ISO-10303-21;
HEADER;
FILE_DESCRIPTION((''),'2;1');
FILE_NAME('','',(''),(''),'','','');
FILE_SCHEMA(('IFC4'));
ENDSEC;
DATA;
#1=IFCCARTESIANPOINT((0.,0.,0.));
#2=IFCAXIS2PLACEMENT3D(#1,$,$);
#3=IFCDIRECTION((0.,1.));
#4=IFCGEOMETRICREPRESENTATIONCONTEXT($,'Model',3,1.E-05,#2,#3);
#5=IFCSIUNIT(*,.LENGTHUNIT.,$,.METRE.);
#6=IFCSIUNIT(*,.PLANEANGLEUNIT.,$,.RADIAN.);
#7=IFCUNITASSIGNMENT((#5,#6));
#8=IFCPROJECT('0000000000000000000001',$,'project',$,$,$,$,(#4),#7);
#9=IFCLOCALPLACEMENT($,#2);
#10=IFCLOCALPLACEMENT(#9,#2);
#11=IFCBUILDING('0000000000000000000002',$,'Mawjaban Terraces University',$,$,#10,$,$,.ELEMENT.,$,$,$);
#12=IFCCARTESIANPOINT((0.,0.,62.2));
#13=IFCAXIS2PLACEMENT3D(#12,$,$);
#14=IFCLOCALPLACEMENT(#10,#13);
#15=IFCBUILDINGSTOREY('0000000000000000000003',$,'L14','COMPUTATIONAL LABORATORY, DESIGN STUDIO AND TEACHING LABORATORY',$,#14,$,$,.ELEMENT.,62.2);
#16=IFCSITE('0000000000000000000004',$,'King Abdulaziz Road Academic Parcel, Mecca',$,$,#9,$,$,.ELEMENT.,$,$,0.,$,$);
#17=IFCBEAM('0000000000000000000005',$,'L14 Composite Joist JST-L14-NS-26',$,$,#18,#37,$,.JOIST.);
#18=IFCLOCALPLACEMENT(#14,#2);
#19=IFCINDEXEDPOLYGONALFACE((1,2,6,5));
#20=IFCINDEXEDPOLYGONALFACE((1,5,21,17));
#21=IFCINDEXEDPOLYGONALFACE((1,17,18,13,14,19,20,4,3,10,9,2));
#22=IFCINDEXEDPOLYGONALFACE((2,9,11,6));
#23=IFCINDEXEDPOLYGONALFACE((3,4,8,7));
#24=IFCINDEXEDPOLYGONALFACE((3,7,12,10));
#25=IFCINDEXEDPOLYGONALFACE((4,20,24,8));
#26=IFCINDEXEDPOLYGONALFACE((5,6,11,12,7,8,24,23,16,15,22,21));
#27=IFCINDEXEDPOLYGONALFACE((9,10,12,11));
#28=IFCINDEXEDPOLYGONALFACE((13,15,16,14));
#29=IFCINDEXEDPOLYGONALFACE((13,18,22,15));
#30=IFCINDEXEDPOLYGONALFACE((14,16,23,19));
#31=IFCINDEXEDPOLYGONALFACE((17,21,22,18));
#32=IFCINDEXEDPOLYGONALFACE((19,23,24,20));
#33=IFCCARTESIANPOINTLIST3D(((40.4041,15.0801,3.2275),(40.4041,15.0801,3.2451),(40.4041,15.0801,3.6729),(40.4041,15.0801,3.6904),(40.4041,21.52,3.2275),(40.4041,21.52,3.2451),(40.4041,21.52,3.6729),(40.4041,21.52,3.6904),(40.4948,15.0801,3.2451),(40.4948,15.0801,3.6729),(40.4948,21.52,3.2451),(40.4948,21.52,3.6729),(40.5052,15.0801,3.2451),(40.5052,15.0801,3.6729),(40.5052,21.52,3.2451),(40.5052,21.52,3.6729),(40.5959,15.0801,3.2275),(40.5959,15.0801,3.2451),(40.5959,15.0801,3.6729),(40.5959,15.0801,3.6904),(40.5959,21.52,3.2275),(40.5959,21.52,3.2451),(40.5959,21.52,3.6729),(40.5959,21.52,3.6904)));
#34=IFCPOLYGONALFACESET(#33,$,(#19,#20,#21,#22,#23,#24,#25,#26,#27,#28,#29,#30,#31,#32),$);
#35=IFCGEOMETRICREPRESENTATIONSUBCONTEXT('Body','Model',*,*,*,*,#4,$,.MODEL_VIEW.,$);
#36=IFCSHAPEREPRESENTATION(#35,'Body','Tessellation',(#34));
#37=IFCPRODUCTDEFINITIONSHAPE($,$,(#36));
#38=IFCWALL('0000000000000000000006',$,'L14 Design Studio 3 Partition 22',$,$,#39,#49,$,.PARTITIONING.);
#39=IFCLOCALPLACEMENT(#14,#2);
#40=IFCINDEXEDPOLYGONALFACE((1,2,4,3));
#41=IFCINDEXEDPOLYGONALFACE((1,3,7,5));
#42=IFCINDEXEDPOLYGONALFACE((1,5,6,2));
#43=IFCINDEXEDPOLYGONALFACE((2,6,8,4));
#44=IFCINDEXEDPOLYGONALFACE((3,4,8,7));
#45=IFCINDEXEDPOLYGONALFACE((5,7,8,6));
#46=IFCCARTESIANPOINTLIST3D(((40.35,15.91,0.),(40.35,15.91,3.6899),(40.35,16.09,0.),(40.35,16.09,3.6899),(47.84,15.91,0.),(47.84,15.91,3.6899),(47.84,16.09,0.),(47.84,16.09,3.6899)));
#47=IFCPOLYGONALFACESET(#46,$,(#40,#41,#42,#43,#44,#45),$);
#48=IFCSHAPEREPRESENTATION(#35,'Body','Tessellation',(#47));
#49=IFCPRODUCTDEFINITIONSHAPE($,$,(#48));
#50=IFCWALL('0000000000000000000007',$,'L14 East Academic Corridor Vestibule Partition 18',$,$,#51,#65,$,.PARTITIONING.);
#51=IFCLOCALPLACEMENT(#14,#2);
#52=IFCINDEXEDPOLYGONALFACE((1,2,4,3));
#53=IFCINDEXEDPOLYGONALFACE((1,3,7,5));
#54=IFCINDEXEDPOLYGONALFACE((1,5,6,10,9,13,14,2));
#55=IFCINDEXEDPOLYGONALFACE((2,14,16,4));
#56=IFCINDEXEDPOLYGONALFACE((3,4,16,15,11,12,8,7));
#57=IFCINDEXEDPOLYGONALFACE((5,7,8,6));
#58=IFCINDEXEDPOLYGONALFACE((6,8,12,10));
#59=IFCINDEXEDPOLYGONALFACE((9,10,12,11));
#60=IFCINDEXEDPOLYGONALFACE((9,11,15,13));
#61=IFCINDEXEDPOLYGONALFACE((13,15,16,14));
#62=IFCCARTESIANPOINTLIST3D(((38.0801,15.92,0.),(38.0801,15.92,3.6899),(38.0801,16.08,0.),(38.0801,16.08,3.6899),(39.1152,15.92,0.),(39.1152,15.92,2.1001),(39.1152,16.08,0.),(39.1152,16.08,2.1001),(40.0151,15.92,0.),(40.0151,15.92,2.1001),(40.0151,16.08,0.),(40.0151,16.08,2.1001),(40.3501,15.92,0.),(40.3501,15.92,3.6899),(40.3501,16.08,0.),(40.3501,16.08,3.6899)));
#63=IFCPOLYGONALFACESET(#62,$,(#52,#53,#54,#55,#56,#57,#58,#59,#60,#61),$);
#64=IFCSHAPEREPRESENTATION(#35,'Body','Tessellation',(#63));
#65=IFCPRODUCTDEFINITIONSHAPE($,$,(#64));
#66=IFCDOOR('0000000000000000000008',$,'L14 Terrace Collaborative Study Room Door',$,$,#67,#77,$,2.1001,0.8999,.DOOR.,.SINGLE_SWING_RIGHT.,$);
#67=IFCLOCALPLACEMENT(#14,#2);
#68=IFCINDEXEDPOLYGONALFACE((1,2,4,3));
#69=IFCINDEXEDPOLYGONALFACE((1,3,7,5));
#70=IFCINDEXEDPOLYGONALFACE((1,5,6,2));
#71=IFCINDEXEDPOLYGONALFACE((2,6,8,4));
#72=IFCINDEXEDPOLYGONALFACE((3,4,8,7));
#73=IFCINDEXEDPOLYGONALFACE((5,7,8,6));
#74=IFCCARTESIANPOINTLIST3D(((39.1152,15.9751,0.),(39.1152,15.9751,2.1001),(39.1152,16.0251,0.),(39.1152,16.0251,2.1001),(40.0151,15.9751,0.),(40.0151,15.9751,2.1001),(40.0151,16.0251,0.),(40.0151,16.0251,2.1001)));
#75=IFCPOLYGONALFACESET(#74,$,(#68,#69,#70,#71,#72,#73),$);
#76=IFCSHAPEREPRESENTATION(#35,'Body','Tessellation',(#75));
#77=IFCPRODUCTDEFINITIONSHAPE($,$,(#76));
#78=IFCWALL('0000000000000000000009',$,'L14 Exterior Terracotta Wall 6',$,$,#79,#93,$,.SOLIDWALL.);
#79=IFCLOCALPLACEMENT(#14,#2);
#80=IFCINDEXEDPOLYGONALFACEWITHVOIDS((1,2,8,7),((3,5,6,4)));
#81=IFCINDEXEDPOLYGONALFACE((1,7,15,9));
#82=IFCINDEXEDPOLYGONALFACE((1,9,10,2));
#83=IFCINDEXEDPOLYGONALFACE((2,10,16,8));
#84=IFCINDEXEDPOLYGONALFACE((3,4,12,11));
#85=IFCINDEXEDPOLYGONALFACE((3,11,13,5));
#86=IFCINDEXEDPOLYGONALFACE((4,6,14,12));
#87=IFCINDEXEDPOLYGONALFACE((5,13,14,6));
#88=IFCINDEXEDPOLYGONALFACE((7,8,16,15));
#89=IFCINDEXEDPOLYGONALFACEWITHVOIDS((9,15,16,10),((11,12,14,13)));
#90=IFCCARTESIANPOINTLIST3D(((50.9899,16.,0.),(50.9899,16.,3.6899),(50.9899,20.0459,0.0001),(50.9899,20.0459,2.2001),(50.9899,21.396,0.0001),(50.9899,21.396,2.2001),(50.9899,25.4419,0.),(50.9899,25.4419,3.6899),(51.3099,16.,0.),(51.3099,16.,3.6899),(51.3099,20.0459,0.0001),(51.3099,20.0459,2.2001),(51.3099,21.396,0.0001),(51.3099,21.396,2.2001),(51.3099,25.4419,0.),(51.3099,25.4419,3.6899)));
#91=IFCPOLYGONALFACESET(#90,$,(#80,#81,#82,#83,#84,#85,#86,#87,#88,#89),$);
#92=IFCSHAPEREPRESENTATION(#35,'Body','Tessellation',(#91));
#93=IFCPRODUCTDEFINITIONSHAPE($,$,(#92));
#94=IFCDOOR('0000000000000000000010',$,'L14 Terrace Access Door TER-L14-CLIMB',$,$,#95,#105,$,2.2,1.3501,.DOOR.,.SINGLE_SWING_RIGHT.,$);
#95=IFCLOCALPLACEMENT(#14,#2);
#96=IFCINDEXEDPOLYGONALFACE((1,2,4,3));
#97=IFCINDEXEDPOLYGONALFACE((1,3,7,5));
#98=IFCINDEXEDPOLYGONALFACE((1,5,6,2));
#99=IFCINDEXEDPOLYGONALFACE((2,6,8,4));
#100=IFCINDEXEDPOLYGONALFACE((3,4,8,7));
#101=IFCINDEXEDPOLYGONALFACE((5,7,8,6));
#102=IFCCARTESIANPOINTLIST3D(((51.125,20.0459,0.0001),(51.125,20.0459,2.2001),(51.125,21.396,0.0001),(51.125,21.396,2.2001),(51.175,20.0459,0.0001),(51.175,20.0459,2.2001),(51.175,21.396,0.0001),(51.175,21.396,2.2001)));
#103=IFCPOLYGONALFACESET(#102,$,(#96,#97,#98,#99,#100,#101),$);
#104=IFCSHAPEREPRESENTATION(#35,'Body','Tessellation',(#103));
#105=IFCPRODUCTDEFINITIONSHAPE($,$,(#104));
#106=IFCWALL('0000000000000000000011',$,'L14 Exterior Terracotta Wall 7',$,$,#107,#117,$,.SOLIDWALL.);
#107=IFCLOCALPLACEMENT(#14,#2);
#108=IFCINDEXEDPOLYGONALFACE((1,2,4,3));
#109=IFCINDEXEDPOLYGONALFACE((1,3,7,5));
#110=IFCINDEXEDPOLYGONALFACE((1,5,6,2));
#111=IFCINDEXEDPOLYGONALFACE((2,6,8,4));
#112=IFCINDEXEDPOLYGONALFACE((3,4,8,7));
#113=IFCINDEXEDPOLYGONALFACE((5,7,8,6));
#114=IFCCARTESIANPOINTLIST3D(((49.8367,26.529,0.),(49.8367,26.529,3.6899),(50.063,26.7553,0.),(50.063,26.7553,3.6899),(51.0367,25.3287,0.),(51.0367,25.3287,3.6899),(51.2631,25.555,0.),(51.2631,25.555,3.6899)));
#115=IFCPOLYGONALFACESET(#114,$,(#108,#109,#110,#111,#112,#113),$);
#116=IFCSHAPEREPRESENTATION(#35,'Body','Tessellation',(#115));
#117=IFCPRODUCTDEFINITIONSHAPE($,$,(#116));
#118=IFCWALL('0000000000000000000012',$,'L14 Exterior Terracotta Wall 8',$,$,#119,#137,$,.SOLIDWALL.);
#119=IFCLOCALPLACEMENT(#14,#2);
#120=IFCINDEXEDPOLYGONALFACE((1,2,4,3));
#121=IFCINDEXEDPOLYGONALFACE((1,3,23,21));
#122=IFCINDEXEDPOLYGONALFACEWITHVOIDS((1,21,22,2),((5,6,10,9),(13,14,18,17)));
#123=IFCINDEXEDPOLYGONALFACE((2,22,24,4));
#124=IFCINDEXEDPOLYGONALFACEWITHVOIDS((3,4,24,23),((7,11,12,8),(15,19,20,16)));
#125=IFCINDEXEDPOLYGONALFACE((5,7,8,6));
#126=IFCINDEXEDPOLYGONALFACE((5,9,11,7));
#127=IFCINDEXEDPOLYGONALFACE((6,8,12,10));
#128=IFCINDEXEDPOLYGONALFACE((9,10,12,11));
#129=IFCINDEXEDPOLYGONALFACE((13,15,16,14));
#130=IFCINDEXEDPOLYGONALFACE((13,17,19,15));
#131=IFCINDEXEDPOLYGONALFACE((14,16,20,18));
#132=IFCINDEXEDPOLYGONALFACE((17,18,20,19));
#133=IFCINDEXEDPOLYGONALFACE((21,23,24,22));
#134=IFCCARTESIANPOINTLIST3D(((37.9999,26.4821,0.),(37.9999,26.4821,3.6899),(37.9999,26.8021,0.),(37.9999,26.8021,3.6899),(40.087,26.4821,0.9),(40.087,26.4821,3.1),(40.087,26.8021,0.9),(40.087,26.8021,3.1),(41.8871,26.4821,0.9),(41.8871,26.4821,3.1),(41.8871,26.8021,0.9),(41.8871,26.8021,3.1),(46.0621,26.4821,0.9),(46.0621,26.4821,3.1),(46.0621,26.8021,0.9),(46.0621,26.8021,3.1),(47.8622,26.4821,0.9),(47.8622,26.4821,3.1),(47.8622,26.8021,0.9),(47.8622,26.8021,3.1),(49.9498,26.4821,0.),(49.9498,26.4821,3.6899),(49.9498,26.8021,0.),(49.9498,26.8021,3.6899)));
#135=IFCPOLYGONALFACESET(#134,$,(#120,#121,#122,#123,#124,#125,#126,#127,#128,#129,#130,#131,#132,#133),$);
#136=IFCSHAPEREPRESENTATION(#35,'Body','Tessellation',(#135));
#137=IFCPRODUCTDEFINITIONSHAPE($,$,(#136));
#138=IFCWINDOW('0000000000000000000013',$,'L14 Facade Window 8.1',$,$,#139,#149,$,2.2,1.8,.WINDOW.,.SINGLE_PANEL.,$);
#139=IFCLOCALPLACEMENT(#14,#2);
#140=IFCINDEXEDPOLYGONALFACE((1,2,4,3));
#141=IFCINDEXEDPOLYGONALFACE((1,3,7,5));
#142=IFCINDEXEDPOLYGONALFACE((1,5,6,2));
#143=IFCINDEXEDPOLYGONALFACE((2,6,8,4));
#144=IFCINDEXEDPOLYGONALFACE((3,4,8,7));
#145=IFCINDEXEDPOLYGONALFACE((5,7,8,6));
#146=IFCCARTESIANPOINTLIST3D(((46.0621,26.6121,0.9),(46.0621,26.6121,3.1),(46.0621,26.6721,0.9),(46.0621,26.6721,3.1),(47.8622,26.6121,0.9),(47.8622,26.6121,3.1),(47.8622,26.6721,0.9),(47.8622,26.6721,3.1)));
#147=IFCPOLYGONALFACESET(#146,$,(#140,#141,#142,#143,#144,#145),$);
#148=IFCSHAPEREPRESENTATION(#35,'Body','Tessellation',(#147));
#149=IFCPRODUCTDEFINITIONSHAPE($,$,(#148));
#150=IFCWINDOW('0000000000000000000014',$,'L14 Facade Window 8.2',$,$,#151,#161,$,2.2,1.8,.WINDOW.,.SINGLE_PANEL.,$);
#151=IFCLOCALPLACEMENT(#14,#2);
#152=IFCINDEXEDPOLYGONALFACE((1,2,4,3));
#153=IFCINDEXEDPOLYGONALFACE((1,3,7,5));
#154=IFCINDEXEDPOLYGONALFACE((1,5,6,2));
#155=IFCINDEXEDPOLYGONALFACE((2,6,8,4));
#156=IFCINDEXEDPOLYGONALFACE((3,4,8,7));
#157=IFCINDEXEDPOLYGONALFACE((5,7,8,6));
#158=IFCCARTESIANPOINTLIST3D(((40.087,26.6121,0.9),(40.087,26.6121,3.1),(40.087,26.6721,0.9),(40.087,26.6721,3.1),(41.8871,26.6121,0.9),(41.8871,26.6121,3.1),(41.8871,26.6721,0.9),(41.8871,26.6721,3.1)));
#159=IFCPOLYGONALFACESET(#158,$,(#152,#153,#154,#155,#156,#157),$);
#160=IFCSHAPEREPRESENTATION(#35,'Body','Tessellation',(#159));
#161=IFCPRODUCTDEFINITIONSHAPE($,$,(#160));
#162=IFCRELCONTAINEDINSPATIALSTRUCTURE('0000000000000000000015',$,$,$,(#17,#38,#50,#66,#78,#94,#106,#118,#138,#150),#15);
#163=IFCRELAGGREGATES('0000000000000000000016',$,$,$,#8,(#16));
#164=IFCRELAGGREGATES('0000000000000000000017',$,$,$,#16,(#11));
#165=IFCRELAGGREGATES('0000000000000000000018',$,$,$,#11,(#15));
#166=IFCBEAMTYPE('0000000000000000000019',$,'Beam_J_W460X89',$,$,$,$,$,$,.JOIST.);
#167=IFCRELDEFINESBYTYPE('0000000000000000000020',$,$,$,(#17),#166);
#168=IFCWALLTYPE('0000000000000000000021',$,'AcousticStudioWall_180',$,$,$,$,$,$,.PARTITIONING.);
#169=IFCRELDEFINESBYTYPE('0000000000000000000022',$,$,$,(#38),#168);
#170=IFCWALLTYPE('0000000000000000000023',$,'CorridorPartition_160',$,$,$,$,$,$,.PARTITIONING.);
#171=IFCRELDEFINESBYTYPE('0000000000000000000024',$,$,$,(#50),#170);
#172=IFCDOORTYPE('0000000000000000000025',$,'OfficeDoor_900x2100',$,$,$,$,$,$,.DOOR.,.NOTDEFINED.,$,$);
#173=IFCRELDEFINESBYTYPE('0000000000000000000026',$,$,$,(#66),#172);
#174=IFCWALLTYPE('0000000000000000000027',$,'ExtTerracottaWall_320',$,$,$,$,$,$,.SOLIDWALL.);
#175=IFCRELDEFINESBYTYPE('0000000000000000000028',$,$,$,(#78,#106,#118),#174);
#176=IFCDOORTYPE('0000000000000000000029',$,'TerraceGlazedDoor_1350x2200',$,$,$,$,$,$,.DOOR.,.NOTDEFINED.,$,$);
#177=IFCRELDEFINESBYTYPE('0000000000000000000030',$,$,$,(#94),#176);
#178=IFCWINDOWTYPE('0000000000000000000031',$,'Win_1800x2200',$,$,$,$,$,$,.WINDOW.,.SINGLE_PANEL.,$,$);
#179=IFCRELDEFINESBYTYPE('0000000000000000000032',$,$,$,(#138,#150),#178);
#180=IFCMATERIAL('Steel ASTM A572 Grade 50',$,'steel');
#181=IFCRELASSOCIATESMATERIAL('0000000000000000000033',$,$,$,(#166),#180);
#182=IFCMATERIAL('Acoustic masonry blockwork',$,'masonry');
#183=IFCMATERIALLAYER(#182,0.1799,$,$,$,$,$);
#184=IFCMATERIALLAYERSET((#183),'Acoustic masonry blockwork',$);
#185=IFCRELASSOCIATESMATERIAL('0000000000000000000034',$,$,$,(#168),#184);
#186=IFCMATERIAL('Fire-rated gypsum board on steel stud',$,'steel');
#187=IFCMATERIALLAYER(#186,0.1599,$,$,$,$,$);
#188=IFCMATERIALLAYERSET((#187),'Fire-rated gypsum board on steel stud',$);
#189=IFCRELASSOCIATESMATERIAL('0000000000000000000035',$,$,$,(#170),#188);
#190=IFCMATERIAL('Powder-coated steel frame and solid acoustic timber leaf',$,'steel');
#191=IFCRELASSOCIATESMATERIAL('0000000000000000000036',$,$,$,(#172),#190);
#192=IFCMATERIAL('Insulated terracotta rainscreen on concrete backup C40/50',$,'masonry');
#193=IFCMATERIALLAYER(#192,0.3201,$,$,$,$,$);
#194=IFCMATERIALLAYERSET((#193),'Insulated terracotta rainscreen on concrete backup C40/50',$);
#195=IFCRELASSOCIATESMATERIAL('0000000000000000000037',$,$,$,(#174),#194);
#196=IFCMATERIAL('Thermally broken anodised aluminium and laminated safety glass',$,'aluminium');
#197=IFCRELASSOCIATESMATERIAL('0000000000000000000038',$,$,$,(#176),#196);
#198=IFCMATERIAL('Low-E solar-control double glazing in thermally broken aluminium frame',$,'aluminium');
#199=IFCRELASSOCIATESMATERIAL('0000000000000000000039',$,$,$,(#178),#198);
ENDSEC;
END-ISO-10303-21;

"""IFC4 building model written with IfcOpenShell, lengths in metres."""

from ifc_helpers import new_model, si_unit, direction, frame, frame_2d, origin, origin_2d, place, context, subcontext, project, spatial, rectangle, i_section, extrude, material, layer, layer_set, material_profile, profile_set, type_object, element, fill, save


model = new_model("IFC4")

# Units and contexts
model_context = context("Model", 3, precision=1e-05, world=origin(), true_north=direction((0.0, 1.0)))
body_context = subcontext(model_context, "Body", "Model", "MODEL_VIEW")
ifc_project = project(units=[si_unit("LENGTHUNIT", "METRE"), si_unit("PLANEANGLEUNIT", "RADIAN")], contexts=[model_context])

# Site, building, storey
site_placement = place(None, origin())
site = spatial("IfcSite", under=ifc_project, at=site_placement, Name="King Abdulaziz Road Academic Parcel, Mecca", CompositionType="ELEMENT", RefElevation=0.0)
building_placement = place(site_placement, origin())
building = spatial("IfcBuilding", under=site, at=building_placement, Name="Mawjaban Terraces University", CompositionType="ELEMENT")
storey_placement = place(building_placement, frame((0.0, 0.0, 62.2)))
storey = spatial("IfcBuildingStorey", under=building, at=storey_placement, Name="L14", Description="COMPUTATIONAL LABORATORY, DESIGN STUDIO AND TEACHING LABORATORY", CompositionType="ELEMENT", Elevation=62.2)

# Beam
ifc_material_1 = material(Name="Steel ASTM A572 Grade 50", Category="steel")
ifc_material_profile_1 = material_profile(ifc_material_1, i_section(OverallWidth=0.1919, OverallDepth=0.4629, WebThickness=0.0105, FlangeThickness=0.0176, at=origin_2d()), Name="W460X89")
ifc_profile_set_1 = profile_set([ifc_material_profile_1], Name="Steel ASTM A572 Grade 50")
beam_type_1 = type_object("IfcBeamType", Name="Beam_J_W460X89", PredefinedType="JOIST", material=ifc_profile_set_1)
beam_1_placement = place(storey_placement, frame((40.5, 15.0801, 3.459), z_axis=(0.0, 1.0, 0.0), x_axis=(-1.0, 0.0, 0.0)))
element("IfcBeam", 1, at=beam_1_placement, inside=storey, type_object=beam_type_1, Name="L14 Composite Joist JST-L14-NS-26", PredefinedType="JOIST", context=body_context, shape_type="SweptSolid", body=[
    extrude(i_section(OverallWidth=0.1919, OverallDepth=0.4629, WebThickness=0.0105, FlangeThickness=0.0176, at=origin_2d()), origin(), (0.0, 0.0, 1.0), 6.4399),
])

# Wall
ifc_material_2 = material(Name="Acoustic masonry blockwork", Category="masonry")
ifc_layer_1 = layer(ifc_material_2, 0.1799)
ifc_layer_set_1 = layer_set([ifc_layer_1], Name="Acoustic masonry blockwork")
wall_type_1 = type_object("IfcWallType", Name="AcousticStudioWall_180", PredefinedType="PARTITIONING", material=ifc_layer_set_1)
wall_1_placement = place(storey_placement, frame((47.8401, 16.0, 0.0), z_axis=(0.0, 0.0, 1.0), x_axis=(-1.0, 0.0, 0.0)))
element("IfcWall", 2, at=wall_1_placement, inside=storey, type_object=wall_type_1, Name="L14 Design Studio 3 Partition 22", PredefinedType="PARTITIONING", context=body_context, shape_type="SweptSolid", body=[
    extrude(rectangle(XDim=7.49, YDim=0.1799, at=frame_2d((3.7451, 0.0))), origin(), (0.0, 0.0, 1.0), 3.6899),
])

# Walls, openings, doors
ifc_material_3 = material(Name="Fire-rated gypsum board on steel stud", Category="steel")
ifc_layer_2 = layer(ifc_material_3, 0.1599)
ifc_layer_set_2 = layer_set([ifc_layer_2], Name="Fire-rated gypsum board on steel stud")
wall_type_2 = type_object("IfcWallType", Name="CorridorPartition_160", PredefinedType="PARTITIONING", material=ifc_layer_set_2)
wall_2_placement = place(storey_placement, frame((40.3501, 16.0, 0.0), z_axis=(0.0, 0.0, 1.0), x_axis=(-1.0, 0.0, 0.0)))
wall_2 = element("IfcWall", 3, at=wall_2_placement, inside=storey, type_object=wall_type_2, Name="L14 East Academic Corridor Vestibule Partition 18", PredefinedType="PARTITIONING", context=body_context, shape_type="SweptSolid", body=[
    extrude(rectangle(XDim=2.27, YDim=0.1599, at=frame_2d((1.135, 0.0))), origin(), (0.0, 0.0, 1.0), 3.6899),
])
opening_1_placement = place(wall_2_placement, frame((0.335, 0.0, 0.0)))
opening_1 = element("IfcOpeningElement", 4, at=opening_1_placement, cuts=wall_2, PredefinedType="OPENING", context=body_context, shape_type="SweptSolid", body=[
    extrude(rectangle(XDim=0.8999, YDim=2.1001, at=frame_2d((0.45, 1.05))), frame((0.0, 0.0898, 0.0), z_axis=(0.0, -1.0, 0.0), x_axis=(1.0, 0.0, 0.0)), (0.0, 0.0, 1.0), 0.1799),
])
ifc_material_4 = material(Name="Powder-coated steel frame and solid acoustic timber leaf", Category="steel")
door_type_1 = type_object("IfcDoorType", Name="OfficeDoor_900x2100", OperationType="NOTDEFINED", PredefinedType="DOOR", material=ifc_material_4)
door_1_placement = place(opening_1_placement, origin())
door_1 = element("IfcDoor", 5, at=door_1_placement, inside=storey, type_object=door_type_1, Name="L14 Terrace Collaborative Study Room Door", OperationType="SINGLE_SWING_RIGHT", OverallHeight=2.1001, OverallWidth=0.8999, PredefinedType="DOOR", context=body_context, shape_type="SweptSolid", body=[
    extrude(rectangle(XDim=0.8999, YDim=2.1001, at=frame_2d((0.45, 1.05))), frame((0.0, 0.0249, 0.0), z_axis=(0.0, -1.0, 0.0), x_axis=(1.0, 0.0, 0.0)), (0.0, 0.0, 1.0), 0.05),
])
fill(opening_1, door_1)
ifc_material_5 = material(Name="Insulated terracotta rainscreen on concrete backup C40/50", Category="masonry")
ifc_layer_3 = layer(ifc_material_5, 0.3201)
ifc_layer_set_3 = layer_set([ifc_layer_3], Name="Insulated terracotta rainscreen on concrete backup C40/50")
wall_type_3 = type_object("IfcWallType", Name="ExtTerracottaWall_320", PredefinedType="SOLIDWALL", material=ifc_layer_set_3)
wall_3_placement = place(storey_placement, frame((51.1499, 16.0, 0.0), z_axis=(0.0, 0.0, 1.0), x_axis=(0.0, 1.0, 0.0)))
wall_3 = element("IfcWall", 6, at=wall_3_placement, inside=storey, type_object=wall_type_3, Name="L14 Exterior Terracotta Wall 6", PredefinedType="SOLIDWALL", context=body_context, shape_type="SweptSolid", body=[
    extrude(rectangle(XDim=9.4419, YDim=0.3201, at=frame_2d((4.7209, 0.0))), origin(), (0.0, 0.0, 1.0), 3.6899),
])
opening_2_placement = place(wall_3_placement, frame((4.0459, 0.0, 0.0)))
opening_2 = element("IfcOpeningElement", 7, at=opening_2_placement, cuts=wall_3, PredefinedType="OPENING", context=body_context, shape_type="SweptSolid", body=[
    extrude(rectangle(XDim=1.3501, YDim=2.2, at=frame_2d((0.675, 1.1001))), frame((0.0, 0.1699, 0.0), z_axis=(0.0, -1.0, 0.0), x_axis=(1.0, 0.0, 0.0)), (0.0, 0.0, 1.0), 0.3401),
])
ifc_material_6 = material(Name="Thermally broken anodised aluminium and laminated safety glass", Category="aluminium")
door_type_2 = type_object("IfcDoorType", Name="TerraceGlazedDoor_1350x2200", OperationType="NOTDEFINED", PredefinedType="DOOR", material=ifc_material_6)
door_2_placement = place(opening_2_placement, origin())
door_2 = element("IfcDoor", 8, at=door_2_placement, inside=storey, type_object=door_type_2, Name="L14 Terrace Access Door TER-L14-CLIMB", OperationType="SINGLE_SWING_RIGHT", OverallHeight=2.2, OverallWidth=1.3501, PredefinedType="DOOR", context=body_context, shape_type="SweptSolid", body=[
    extrude(rectangle(XDim=1.3501, YDim=2.2, at=frame_2d((0.675, 1.1001))), frame((0.0, 0.0249, 0.0), z_axis=(0.0, -1.0, 0.0), x_axis=(1.0, 0.0, 0.0)), (0.0, 0.0, 1.0), 0.05),
])
fill(opening_2, door_2)

# Wall
wall_4_placement = place(storey_placement, frame((51.1499, 25.4419, 0.0), z_axis=(0.0, 0.0, 1.0), x_axis=(-0.707035, 0.707179, 0.0)))
element("IfcWall", 9, at=wall_4_placement, inside=storey, type_object=wall_type_3, Name="L14 Exterior Terracotta Wall 7", PredefinedType="SOLIDWALL", context=body_context, shape_type="SweptSolid", body=[
    extrude(rectangle(XDim=1.6973, YDim=0.3201, at=frame_2d((0.8486, 0.0))), origin(), (0.0, 0.0, 1.0), 3.6899),
])

# Wall, openings, windows
wall_5_placement = place(storey_placement, frame((49.95, 26.6421, 0.0), z_axis=(0.0, 0.0, 1.0), x_axis=(-1.0, 0.0, 0.0)))
wall_5 = element("IfcWall", 10, at=wall_5_placement, inside=storey, type_object=wall_type_3, Name="L14 Exterior Terracotta Wall 8", PredefinedType="SOLIDWALL", context=body_context, shape_type="SweptSolid", body=[
    extrude(rectangle(XDim=11.95, YDim=0.3201, at=frame_2d((5.9751, 0.0))), origin(), (0.0, 0.0, 1.0), 3.6899),
])
opening_3_placement = place(wall_5_placement, frame((2.0879, 0.0, 0.8999)))
opening_3 = element("IfcOpeningElement", 11, at=opening_3_placement, cuts=wall_5, PredefinedType="OPENING", context=body_context, shape_type="SweptSolid", body=[
    extrude(rectangle(XDim=1.8, YDim=2.2, at=frame_2d((0.8999, 1.1001))), frame((0.0, 0.1699, 0.0), z_axis=(0.0, -1.0, 0.0), x_axis=(1.0, 0.0, 0.0)), (0.0, 0.0, 1.0), 0.3401),
])
opening_4_placement = place(wall_5_placement, frame((8.063, 0.0, 0.8999)))
opening_4 = element("IfcOpeningElement", 12, at=opening_4_placement, cuts=wall_5, PredefinedType="OPENING", context=body_context, shape_type="SweptSolid", body=[
    extrude(rectangle(XDim=1.8, YDim=2.2, at=frame_2d((0.8999, 1.1001))), frame((0.0, 0.1699, 0.0), z_axis=(0.0, -1.0, 0.0), x_axis=(1.0, 0.0, 0.0)), (0.0, 0.0, 1.0), 0.3401),
])
ifc_material_7 = material(Name="Low-E solar-control double glazing in thermally broken aluminium frame", Category="aluminium")
window_type = type_object("IfcWindowType", Name="Win_1800x2200", PartitioningType="SINGLE_PANEL", PredefinedType="WINDOW", material=ifc_material_7)
window_1_placement = place(opening_3_placement, origin())
window_1 = element("IfcWindow", 13, at=window_1_placement, inside=storey, type_object=window_type, Name="L14 Facade Window 8.1", OverallHeight=2.2, OverallWidth=1.8, PartitioningType="SINGLE_PANEL", PredefinedType="WINDOW", context=body_context, shape_type="SweptSolid", body=[
    extrude(rectangle(XDim=1.8, YDim=2.2, at=frame_2d((0.8999, 1.1001))), frame((0.0, 0.03, 0.0), z_axis=(0.0, -1.0, 0.0), x_axis=(1.0, 0.0, 0.0)), (0.0, 0.0, 1.0), 0.0601),
])
fill(opening_3, window_1)
window_2_placement = place(opening_4_placement, origin())
window_2 = element("IfcWindow", 14, at=window_2_placement, inside=storey, type_object=window_type, Name="L14 Facade Window 8.2", OverallHeight=2.2, OverallWidth=1.8, PartitioningType="SINGLE_PANEL", PredefinedType="WINDOW", context=body_context, shape_type="SweptSolid", body=[
    extrude(rectangle(XDim=1.8, YDim=2.2, at=frame_2d((0.8999, 1.1001))), frame((0.0, 0.03, 0.0), z_axis=(0.0, -1.0, 0.0), x_axis=(1.0, 0.0, 0.0)), (0.0, 0.0, 1.0), 0.0601),
])
fill(opening_4, window_2)

save(model, "model.ifc")
